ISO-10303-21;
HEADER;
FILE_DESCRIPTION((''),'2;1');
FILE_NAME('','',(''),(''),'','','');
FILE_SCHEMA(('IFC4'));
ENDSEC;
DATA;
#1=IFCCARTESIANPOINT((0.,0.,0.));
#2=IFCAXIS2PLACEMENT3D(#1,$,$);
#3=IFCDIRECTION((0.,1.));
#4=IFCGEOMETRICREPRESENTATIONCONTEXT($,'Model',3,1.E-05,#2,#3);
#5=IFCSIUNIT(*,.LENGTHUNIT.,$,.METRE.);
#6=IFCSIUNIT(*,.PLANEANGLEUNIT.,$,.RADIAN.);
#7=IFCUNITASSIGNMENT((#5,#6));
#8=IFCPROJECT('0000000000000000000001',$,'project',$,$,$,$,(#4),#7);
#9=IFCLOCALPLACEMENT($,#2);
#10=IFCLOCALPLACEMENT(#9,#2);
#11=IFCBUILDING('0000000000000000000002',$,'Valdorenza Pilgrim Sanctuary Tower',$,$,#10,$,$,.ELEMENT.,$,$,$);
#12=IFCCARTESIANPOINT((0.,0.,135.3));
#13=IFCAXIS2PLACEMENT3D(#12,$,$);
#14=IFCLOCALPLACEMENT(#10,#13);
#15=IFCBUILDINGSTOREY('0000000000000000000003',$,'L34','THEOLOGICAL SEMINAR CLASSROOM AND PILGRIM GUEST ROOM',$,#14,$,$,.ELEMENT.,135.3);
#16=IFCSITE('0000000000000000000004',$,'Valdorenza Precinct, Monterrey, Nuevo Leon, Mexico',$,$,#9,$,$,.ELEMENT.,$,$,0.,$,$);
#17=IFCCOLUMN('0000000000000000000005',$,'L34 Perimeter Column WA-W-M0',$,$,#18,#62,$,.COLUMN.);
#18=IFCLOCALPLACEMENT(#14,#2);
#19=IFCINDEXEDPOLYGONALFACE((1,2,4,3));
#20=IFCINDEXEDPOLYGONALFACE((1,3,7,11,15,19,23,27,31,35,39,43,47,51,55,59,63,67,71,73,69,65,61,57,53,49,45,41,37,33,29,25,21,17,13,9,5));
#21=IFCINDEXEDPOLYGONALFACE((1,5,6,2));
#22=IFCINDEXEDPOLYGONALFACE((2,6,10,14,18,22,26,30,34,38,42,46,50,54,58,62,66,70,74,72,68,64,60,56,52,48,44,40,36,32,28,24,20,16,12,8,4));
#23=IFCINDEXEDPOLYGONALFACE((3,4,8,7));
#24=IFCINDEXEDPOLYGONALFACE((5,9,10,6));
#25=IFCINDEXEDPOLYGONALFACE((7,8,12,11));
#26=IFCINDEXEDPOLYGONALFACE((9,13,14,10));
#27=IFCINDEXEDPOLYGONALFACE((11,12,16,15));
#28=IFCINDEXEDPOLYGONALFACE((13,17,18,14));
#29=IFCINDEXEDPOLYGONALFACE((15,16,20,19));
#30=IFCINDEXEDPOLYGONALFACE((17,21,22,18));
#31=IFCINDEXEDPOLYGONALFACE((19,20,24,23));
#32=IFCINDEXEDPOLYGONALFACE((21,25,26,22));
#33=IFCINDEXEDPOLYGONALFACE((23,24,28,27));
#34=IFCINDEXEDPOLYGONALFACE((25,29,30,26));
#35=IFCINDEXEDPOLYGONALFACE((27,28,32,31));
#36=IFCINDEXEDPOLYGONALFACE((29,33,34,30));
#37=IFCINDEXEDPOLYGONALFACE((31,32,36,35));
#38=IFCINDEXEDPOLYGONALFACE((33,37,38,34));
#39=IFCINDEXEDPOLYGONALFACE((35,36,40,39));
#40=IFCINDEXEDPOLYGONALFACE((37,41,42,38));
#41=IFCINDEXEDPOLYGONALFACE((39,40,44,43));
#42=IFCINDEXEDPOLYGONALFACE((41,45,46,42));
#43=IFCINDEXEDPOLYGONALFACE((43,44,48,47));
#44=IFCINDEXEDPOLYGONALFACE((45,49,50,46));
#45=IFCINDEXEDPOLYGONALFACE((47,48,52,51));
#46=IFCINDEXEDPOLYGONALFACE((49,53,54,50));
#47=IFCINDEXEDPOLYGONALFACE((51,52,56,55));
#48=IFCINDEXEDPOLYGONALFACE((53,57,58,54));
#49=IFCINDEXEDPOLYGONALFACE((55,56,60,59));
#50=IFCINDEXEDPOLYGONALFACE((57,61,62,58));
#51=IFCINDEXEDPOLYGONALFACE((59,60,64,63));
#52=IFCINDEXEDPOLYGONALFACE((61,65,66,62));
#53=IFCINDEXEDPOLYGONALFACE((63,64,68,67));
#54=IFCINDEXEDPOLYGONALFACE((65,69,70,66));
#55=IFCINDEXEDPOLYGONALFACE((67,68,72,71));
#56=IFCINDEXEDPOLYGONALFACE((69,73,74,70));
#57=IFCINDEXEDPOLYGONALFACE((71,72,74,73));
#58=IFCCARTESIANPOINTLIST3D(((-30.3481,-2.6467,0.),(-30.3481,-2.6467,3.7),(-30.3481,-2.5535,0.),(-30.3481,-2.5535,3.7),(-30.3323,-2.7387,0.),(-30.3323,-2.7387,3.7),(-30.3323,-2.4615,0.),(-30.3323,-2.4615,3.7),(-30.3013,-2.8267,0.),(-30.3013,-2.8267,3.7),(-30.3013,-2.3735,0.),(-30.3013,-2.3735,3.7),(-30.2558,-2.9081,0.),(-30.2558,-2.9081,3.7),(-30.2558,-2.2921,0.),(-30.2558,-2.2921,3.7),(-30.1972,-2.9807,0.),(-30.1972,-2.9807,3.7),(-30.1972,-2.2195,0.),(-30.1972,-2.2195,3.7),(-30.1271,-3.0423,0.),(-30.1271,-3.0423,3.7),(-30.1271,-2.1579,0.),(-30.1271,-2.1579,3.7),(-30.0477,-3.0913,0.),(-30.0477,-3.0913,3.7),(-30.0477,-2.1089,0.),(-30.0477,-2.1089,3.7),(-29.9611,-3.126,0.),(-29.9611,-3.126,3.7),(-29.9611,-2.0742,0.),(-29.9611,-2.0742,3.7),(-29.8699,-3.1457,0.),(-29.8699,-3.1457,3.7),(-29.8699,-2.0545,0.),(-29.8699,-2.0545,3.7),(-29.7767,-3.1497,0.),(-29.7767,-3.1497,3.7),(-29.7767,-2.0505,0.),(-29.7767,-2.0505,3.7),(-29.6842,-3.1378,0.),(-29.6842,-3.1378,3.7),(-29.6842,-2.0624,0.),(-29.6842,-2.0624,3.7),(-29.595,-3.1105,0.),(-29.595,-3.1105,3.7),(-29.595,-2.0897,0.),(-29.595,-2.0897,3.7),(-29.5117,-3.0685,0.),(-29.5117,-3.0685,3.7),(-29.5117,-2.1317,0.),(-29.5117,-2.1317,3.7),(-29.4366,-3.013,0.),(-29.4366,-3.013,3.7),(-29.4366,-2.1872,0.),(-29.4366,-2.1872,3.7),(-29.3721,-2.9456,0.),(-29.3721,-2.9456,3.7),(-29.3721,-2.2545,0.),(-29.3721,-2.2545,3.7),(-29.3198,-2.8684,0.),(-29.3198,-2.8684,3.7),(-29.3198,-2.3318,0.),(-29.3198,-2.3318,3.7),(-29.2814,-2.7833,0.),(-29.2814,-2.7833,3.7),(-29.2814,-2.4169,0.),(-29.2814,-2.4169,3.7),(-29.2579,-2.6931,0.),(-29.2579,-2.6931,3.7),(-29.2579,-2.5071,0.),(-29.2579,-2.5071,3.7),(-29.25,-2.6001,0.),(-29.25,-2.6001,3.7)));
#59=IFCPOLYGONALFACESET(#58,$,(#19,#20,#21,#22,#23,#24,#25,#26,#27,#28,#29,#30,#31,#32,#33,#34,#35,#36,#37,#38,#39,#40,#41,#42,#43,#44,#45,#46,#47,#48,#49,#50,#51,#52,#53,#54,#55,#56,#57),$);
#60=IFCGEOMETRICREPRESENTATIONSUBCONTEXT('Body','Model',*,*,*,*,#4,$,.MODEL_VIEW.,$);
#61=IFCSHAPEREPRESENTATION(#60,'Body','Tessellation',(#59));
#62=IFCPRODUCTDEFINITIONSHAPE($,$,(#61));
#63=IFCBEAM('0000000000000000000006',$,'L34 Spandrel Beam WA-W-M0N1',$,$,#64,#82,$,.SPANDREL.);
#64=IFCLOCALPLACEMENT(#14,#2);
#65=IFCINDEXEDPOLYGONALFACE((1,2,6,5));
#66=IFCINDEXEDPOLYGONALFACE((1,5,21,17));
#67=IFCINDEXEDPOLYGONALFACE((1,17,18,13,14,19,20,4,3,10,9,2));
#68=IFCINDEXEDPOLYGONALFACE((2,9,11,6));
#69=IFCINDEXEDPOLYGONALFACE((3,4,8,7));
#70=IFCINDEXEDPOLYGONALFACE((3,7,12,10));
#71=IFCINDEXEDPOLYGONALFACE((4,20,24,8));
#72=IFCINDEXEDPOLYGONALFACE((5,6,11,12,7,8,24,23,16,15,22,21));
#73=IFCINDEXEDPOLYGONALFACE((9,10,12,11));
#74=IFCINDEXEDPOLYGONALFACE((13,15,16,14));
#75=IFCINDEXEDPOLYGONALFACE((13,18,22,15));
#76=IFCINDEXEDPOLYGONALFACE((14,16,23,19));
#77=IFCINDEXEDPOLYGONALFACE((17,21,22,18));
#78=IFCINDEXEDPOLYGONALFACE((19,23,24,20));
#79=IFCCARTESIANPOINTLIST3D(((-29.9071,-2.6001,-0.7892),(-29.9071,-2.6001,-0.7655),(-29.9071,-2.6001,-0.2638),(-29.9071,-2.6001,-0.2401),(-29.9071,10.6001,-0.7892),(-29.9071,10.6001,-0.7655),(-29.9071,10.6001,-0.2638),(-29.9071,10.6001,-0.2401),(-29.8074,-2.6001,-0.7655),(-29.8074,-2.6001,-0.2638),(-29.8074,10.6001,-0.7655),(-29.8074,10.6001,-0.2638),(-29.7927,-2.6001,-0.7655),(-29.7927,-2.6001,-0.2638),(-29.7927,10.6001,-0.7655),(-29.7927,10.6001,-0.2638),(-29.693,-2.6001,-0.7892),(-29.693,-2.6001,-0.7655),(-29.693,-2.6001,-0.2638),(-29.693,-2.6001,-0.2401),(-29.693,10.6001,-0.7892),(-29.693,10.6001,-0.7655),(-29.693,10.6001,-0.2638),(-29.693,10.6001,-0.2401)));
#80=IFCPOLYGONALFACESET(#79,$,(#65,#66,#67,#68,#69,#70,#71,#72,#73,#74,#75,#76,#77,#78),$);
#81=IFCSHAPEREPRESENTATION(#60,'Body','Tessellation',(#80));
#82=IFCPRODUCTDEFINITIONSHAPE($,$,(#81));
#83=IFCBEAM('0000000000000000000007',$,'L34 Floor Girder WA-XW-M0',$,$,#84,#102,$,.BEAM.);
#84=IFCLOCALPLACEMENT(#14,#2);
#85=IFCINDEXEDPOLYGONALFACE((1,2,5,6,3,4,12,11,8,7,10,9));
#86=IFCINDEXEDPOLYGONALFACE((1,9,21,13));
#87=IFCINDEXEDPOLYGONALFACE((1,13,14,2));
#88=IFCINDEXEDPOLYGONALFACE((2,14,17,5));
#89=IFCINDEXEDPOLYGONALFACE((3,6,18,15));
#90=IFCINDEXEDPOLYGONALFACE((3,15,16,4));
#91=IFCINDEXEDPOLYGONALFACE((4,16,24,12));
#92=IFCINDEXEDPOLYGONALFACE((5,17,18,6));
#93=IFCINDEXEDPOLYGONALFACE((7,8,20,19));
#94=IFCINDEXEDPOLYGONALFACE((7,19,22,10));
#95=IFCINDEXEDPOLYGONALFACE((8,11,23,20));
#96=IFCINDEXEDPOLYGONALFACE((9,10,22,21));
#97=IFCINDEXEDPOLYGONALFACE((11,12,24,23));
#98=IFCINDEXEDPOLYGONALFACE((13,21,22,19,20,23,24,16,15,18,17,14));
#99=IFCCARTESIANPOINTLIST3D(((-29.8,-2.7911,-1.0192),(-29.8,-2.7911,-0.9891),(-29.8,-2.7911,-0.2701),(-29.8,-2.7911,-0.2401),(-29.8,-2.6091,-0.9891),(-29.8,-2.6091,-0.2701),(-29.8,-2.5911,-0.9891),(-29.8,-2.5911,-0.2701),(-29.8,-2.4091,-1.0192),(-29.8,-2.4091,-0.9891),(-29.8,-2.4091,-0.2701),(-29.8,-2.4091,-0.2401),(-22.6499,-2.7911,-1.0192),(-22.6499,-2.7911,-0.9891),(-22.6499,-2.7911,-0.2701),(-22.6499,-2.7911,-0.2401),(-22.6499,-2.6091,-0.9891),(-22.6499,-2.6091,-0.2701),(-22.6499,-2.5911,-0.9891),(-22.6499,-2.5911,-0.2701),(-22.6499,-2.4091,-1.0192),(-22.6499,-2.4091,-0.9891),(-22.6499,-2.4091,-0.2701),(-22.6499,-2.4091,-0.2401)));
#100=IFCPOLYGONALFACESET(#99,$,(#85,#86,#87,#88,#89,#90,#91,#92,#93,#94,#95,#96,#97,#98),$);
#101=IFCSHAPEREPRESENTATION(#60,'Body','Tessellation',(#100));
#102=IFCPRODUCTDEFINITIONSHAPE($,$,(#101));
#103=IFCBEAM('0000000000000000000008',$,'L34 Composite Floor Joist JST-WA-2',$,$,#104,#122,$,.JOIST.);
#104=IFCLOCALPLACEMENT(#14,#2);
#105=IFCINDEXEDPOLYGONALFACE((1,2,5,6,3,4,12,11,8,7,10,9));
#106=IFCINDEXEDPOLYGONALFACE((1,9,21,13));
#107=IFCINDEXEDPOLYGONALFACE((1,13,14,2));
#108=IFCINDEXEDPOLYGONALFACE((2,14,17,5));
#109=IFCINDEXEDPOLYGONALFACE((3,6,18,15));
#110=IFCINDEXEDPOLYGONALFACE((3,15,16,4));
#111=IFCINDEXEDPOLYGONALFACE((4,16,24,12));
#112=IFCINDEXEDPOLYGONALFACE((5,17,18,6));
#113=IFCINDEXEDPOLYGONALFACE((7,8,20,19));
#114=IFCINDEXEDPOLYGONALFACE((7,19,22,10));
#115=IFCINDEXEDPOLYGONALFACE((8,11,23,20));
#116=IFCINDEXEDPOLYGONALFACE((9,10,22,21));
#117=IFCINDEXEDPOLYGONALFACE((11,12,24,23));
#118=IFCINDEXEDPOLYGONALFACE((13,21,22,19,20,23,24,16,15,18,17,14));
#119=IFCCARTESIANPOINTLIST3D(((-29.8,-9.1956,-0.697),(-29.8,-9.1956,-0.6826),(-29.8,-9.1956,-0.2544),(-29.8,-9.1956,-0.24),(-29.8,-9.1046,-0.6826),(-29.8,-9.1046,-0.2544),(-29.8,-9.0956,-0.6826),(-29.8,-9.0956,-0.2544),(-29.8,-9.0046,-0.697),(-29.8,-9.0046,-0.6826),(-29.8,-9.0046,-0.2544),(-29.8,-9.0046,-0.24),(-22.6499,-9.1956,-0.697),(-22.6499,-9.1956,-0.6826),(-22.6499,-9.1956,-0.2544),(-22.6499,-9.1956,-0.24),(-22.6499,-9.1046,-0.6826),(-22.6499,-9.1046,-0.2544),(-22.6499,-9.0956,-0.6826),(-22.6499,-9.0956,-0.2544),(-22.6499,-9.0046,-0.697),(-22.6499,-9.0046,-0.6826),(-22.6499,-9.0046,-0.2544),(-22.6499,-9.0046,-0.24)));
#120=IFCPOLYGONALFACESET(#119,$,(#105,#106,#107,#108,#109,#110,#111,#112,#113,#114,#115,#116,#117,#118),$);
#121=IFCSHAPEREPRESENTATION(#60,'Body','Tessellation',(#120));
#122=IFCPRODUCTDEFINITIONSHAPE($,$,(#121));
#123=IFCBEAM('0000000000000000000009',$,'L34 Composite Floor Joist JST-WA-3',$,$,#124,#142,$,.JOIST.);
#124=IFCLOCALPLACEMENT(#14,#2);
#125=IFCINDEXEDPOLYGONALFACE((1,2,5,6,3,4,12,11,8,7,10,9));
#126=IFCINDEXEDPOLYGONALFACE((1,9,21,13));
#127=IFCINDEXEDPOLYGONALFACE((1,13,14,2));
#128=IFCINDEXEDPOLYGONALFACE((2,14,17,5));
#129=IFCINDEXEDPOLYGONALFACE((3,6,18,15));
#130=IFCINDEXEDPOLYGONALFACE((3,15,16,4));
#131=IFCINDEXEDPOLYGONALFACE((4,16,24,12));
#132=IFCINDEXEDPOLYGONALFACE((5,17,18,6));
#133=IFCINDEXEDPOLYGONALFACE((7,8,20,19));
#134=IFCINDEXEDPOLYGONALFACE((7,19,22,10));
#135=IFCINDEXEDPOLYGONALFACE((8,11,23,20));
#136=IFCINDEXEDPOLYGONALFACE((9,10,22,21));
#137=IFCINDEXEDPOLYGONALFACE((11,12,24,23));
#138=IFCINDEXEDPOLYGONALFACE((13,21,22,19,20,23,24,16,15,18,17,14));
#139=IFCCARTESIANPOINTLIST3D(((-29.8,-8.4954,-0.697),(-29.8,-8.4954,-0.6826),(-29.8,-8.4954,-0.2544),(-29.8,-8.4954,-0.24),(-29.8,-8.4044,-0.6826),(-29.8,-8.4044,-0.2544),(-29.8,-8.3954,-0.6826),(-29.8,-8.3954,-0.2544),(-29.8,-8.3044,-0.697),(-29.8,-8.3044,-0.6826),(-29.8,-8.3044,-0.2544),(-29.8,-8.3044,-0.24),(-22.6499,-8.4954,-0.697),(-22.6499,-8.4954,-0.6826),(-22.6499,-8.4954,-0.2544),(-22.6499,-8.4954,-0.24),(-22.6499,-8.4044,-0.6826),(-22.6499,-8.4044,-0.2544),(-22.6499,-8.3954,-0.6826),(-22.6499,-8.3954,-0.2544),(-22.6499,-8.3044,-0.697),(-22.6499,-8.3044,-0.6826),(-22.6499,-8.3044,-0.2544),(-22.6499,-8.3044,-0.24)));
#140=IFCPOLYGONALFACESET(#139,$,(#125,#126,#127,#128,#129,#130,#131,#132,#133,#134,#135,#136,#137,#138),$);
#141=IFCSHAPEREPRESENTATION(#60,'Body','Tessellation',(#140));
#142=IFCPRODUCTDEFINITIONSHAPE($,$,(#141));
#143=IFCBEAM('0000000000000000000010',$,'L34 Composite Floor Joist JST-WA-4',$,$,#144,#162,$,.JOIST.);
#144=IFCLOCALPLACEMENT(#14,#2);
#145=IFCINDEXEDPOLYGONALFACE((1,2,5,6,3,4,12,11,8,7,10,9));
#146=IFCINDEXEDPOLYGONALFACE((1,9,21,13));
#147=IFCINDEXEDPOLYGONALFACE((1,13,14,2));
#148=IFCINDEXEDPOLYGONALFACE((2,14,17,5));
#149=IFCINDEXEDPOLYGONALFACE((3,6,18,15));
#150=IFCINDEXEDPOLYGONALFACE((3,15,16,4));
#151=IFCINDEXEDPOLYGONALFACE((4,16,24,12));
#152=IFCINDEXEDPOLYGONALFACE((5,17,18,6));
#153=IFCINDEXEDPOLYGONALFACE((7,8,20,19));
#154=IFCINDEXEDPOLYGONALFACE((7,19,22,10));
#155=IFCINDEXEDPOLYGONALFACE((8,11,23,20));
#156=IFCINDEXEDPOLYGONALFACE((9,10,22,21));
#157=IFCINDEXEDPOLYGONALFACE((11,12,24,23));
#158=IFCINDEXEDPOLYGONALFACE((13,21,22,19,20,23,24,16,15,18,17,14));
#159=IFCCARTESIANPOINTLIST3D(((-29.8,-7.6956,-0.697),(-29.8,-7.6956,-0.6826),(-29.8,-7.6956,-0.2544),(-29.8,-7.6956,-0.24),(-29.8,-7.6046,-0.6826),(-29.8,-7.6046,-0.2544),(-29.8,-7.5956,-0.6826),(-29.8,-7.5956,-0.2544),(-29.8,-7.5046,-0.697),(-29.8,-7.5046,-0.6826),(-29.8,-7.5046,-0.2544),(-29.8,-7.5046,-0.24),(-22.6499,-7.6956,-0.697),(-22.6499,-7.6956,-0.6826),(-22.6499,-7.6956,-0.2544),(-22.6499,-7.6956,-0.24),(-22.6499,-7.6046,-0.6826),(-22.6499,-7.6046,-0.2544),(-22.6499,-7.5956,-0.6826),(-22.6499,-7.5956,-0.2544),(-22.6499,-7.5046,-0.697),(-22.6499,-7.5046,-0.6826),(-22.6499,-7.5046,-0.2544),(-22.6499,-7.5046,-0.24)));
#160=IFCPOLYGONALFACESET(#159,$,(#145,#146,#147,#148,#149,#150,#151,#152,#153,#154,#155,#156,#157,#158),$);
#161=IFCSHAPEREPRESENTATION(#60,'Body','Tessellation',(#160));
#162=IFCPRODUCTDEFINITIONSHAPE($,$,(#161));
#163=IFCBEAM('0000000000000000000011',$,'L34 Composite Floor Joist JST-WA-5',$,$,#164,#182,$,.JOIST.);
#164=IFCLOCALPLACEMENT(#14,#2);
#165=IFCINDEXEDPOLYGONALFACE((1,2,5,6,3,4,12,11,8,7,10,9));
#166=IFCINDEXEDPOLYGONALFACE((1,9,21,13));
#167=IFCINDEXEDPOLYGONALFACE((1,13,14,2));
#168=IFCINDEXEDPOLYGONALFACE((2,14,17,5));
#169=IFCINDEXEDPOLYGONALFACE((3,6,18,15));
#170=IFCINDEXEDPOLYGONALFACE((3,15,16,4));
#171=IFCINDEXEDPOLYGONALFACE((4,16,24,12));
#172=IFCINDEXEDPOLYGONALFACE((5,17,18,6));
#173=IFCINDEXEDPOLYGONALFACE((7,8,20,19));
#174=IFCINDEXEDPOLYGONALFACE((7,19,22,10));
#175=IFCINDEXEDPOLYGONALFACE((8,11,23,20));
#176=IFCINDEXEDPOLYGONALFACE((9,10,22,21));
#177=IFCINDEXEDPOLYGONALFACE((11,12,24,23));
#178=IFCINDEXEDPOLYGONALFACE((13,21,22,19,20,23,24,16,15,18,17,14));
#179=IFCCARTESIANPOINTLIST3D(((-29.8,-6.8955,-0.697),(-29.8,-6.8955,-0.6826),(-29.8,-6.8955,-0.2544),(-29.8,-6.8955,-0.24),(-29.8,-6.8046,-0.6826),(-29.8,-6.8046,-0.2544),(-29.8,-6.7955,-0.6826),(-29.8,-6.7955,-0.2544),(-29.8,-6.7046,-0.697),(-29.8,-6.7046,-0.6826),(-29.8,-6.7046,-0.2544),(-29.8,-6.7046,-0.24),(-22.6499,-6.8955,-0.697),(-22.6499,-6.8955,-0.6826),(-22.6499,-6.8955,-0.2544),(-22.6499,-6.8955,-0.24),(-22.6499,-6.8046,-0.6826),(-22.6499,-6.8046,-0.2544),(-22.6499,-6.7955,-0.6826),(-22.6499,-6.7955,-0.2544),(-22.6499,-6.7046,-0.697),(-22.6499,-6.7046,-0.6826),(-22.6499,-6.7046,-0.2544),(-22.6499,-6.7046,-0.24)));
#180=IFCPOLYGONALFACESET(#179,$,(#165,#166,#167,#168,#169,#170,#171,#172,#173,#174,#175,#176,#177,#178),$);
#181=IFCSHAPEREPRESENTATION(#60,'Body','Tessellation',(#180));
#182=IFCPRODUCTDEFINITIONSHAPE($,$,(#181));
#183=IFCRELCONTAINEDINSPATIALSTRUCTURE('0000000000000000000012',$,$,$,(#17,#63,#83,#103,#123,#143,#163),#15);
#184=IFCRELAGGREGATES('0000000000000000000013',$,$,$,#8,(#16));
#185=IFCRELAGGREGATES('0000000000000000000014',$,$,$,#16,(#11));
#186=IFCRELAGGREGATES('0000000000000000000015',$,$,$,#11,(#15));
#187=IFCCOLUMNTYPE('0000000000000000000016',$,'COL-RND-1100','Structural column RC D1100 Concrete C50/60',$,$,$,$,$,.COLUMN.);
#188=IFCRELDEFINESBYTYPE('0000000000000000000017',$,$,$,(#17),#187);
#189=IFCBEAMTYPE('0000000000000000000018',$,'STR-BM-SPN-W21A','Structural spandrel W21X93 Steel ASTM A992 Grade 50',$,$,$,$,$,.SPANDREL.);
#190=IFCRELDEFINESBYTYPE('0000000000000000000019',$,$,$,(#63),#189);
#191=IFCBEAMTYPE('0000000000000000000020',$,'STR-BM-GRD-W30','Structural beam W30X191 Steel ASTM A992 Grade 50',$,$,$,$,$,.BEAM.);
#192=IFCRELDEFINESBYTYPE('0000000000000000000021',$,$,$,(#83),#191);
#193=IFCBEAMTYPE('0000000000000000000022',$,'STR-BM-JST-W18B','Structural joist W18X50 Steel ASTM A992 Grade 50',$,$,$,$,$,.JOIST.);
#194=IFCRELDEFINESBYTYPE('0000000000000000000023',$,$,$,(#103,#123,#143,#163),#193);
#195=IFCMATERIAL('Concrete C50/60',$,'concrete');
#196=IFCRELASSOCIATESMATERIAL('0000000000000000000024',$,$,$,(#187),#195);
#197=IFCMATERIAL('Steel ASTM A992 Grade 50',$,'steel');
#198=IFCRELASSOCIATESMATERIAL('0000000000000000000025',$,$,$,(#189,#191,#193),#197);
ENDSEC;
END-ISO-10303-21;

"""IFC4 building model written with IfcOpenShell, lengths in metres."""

from ifc_helpers import new_model, si_unit, direction, frame, origin, origin_2d, place, context, subcontext, project, spatial, circle, i_section, extrude, source, transform, mapped, material, material_profile, profile_set, type_object, element, save


model = new_model("IFC4")

# Units and contexts
model_context = context("Model", 3, precision=1e-05, world=origin(), true_north=direction((0.0, 1.0)))
body_context = subcontext(model_context, "Body", "Model", "MODEL_VIEW")
ifc_project = project(units=[si_unit("LENGTHUNIT", "METRE"), si_unit("PLANEANGLEUNIT", "RADIAN")], contexts=[model_context])

# Site, building, storey
site_placement = place(None, origin())
site = spatial("IfcSite", under=ifc_project, at=site_placement, Name="Valdorenza Precinct, Monterrey, Nuevo Leon, Mexico", CompositionType="ELEMENT", RefElevation=0.0)
building_placement = place(site_placement, origin())
building = spatial("IfcBuilding", under=site, at=building_placement, Name="Valdorenza Pilgrim Sanctuary Tower", CompositionType="ELEMENT")
storey_placement = place(building_placement, frame((0.0, 0.0, 135.3)))
storey = spatial("IfcBuildingStorey", under=building, at=storey_placement, Name="L34", Description="THEOLOGICAL SEMINAR CLASSROOM AND PILGRIM GUEST ROOM", CompositionType="ELEMENT", Elevation=135.3)

# Column
ifc_material_1 = material(Name="Concrete C50/60", Category="concrete")
ifc_material_profile_1 = material_profile(ifc_material_1, circle(Radius=0.55, at=origin_2d()), Name="RC D1100")
ifc_profile_set_1 = profile_set([ifc_material_profile_1], Name="Concrete C50/60")
column_type = type_object("IfcColumnType", Name="COL-RND-1100", Description="Structural column RC D1100 Concrete C50/60", PredefinedType="COLUMN", material=ifc_profile_set_1)
shared_shape_1 = source(origin(), body_context, "Body", "SweptSolid", [
    extrude(circle(Radius=0.55, at=origin_2d()), origin(), (0.0, 0.0, 1.0), 3.7),
])
column_placement = place(storey_placement, frame((-29.8, -2.6001, 0.0), z_axis=(0.0, 0.0, 1.0), x_axis=(1.0, 0.0, 0.0)))
element("IfcColumn", 1, at=column_placement, inside=storey, type_object=column_type, Name="L34 Perimeter Column WA-W-M0", PredefinedType="COLUMN", context=body_context, shape_type="MappedRepresentation", body=[
    mapped(shared_shape_1, transform((0.0, 0.0, 0.0), x_axis=(1.0, 0.0, 0.0), y_axis=(0.0, 1.0, 0.0), z_axis=(0.0, 0.0, 1.0), scale=1.0)),
])

# Beams
ifc_material_2 = material(Name="Steel ASTM A992 Grade 50", Category="steel")
ifc_material_profile_2 = material_profile(ifc_material_2, i_section(OverallWidth=0.2141, OverallDepth=0.5491, WebThickness=0.0146, FlangeThickness=0.0237, at=origin_2d()), Name="W21X93")
ifc_profile_set_2 = profile_set([ifc_material_profile_2], Name="Steel ASTM A992 Grade 50")
beam_type_1 = type_object("IfcBeamType", Name="STR-BM-SPN-W21A", Description="Structural spandrel W21X93 Steel ASTM A992 Grade 50", PredefinedType="SPANDREL", material=ifc_profile_set_2)
shared_shape_2 = source(origin(), body_context, "Body", "SweptSolid", [
    extrude(i_section(OverallWidth=0.2141, OverallDepth=0.5491, WebThickness=0.0146, FlangeThickness=0.0237, at=origin_2d()), origin(), (0.0, 0.0, 1.0), 13.2002),
])
beam_1_placement = place(storey_placement, frame((-29.8, -2.6001, -0.5146), z_axis=(0.0, 1.0, 0.0), x_axis=(-1.0, 0.0, 0.0)))
element("IfcBeam", 2, at=beam_1_placement, inside=storey, type_object=beam_type_1, Name="L34 Spandrel Beam WA-W-M0N1", PredefinedType="SPANDREL", context=body_context, shape_type="MappedRepresentation", body=[
    mapped(shared_shape_2, transform((0.0, 0.0, 0.0), x_axis=(1.0, 0.0, 0.0), y_axis=(0.0, 1.0, 0.0), z_axis=(0.0, 0.0, 1.0), scale=1.0)),
])
ifc_material_profile_3 = material_profile(ifc_material_2, i_section(OverallWidth=0.3821, OverallDepth=0.7791, WebThickness=0.0181, FlangeThickness=0.03, at=origin_2d()), Name="W30X191")
ifc_profile_set_3 = profile_set([ifc_material_profile_3], Name="Steel ASTM A992 Grade 50")
beam_type_2 = type_object("IfcBeamType", Name="STR-BM-GRD-W30", Description="Structural beam W30X191 Steel ASTM A992 Grade 50", PredefinedType="BEAM", material=ifc_profile_set_3)
shared_shape_3 = source(origin(), body_context, "Body", "SweptSolid", [
    extrude(i_section(OverallWidth=0.3821, OverallDepth=0.7791, WebThickness=0.0181, FlangeThickness=0.03, at=origin_2d()), origin(), (0.0, 0.0, 1.0), 7.1501),
])
beam_2_placement = place(storey_placement, frame((-29.8, -2.6001, -0.6296), z_axis=(1.0, 0.0, 0.0), x_axis=(0.0, 1.0, 0.0)))
element("IfcBeam", 3, at=beam_2_placement, inside=storey, type_object=beam_type_2, Name="L34 Floor Girder WA-XW-M0", PredefinedType="BEAM", context=body_context, shape_type="MappedRepresentation", body=[
    mapped(shared_shape_3, transform((0.0, 0.0, 0.0), x_axis=(1.0, 0.0, 0.0), y_axis=(0.0, 1.0, 0.0), z_axis=(0.0, 0.0, 1.0), scale=1.0)),
])
ifc_material_profile_4 = material_profile(ifc_material_2, i_section(OverallWidth=0.1909, OverallDepth=0.457, WebThickness=0.009, FlangeThickness=0.0144, at=origin_2d()), Name="W18X50")
ifc_profile_set_4 = profile_set([ifc_material_profile_4], Name="Steel ASTM A992 Grade 50")
beam_type_3 = type_object("IfcBeamType", Name="STR-BM-JST-W18B", Description="Structural joist W18X50 Steel ASTM A992 Grade 50", PredefinedType="JOIST", material=ifc_profile_set_4)
shared_shape_4 = source(origin(), body_context, "Body", "SweptSolid", [
    extrude(i_section(OverallWidth=0.1909, OverallDepth=0.457, WebThickness=0.009, FlangeThickness=0.0144, at=origin_2d()), origin(), (0.0, 0.0, 1.0), 7.1501),
])
for number, where, z_axis, x_axis, name in (
    (4, (-29.8, -9.1001, -0.4685), (1.0, 0.0, 0.0), (0.0, 1.0, 0.0), "L34 Composite Floor Joist JST-WA-2"),
    (5, (-29.8, -8.3999, -0.4685), (1.0, 0.0, 0.0), (0.0, 1.0, 0.0), "L34 Composite Floor Joist JST-WA-3"),
    (6, (-29.8, -7.6001, -0.4685), (1.0, 0.0, 0.0), (0.0, 1.0, 0.0), "L34 Composite Floor Joist JST-WA-4"),
    (7, (-29.8, -6.8, -0.4685), (1.0, 0.0, 0.0), (0.0, 1.0, 0.0), "L34 Composite Floor Joist JST-WA-5"),
):
    element("IfcBeam", number, at=place(storey_placement, frame(where, z_axis=z_axis, x_axis=x_axis)), inside=storey, type_object=beam_type_3, Name=name, PredefinedType="JOIST", context=body_context, shape_type="MappedRepresentation", body=[
        mapped(shared_shape_4, transform((0.0, 0.0, 0.0), x_axis=(1.0, 0.0, 0.0), y_axis=(0.0, 1.0, 0.0), z_axis=(0.0, 0.0, 1.0), scale=1.0)),
    ])

save(model, "model.ifc")
